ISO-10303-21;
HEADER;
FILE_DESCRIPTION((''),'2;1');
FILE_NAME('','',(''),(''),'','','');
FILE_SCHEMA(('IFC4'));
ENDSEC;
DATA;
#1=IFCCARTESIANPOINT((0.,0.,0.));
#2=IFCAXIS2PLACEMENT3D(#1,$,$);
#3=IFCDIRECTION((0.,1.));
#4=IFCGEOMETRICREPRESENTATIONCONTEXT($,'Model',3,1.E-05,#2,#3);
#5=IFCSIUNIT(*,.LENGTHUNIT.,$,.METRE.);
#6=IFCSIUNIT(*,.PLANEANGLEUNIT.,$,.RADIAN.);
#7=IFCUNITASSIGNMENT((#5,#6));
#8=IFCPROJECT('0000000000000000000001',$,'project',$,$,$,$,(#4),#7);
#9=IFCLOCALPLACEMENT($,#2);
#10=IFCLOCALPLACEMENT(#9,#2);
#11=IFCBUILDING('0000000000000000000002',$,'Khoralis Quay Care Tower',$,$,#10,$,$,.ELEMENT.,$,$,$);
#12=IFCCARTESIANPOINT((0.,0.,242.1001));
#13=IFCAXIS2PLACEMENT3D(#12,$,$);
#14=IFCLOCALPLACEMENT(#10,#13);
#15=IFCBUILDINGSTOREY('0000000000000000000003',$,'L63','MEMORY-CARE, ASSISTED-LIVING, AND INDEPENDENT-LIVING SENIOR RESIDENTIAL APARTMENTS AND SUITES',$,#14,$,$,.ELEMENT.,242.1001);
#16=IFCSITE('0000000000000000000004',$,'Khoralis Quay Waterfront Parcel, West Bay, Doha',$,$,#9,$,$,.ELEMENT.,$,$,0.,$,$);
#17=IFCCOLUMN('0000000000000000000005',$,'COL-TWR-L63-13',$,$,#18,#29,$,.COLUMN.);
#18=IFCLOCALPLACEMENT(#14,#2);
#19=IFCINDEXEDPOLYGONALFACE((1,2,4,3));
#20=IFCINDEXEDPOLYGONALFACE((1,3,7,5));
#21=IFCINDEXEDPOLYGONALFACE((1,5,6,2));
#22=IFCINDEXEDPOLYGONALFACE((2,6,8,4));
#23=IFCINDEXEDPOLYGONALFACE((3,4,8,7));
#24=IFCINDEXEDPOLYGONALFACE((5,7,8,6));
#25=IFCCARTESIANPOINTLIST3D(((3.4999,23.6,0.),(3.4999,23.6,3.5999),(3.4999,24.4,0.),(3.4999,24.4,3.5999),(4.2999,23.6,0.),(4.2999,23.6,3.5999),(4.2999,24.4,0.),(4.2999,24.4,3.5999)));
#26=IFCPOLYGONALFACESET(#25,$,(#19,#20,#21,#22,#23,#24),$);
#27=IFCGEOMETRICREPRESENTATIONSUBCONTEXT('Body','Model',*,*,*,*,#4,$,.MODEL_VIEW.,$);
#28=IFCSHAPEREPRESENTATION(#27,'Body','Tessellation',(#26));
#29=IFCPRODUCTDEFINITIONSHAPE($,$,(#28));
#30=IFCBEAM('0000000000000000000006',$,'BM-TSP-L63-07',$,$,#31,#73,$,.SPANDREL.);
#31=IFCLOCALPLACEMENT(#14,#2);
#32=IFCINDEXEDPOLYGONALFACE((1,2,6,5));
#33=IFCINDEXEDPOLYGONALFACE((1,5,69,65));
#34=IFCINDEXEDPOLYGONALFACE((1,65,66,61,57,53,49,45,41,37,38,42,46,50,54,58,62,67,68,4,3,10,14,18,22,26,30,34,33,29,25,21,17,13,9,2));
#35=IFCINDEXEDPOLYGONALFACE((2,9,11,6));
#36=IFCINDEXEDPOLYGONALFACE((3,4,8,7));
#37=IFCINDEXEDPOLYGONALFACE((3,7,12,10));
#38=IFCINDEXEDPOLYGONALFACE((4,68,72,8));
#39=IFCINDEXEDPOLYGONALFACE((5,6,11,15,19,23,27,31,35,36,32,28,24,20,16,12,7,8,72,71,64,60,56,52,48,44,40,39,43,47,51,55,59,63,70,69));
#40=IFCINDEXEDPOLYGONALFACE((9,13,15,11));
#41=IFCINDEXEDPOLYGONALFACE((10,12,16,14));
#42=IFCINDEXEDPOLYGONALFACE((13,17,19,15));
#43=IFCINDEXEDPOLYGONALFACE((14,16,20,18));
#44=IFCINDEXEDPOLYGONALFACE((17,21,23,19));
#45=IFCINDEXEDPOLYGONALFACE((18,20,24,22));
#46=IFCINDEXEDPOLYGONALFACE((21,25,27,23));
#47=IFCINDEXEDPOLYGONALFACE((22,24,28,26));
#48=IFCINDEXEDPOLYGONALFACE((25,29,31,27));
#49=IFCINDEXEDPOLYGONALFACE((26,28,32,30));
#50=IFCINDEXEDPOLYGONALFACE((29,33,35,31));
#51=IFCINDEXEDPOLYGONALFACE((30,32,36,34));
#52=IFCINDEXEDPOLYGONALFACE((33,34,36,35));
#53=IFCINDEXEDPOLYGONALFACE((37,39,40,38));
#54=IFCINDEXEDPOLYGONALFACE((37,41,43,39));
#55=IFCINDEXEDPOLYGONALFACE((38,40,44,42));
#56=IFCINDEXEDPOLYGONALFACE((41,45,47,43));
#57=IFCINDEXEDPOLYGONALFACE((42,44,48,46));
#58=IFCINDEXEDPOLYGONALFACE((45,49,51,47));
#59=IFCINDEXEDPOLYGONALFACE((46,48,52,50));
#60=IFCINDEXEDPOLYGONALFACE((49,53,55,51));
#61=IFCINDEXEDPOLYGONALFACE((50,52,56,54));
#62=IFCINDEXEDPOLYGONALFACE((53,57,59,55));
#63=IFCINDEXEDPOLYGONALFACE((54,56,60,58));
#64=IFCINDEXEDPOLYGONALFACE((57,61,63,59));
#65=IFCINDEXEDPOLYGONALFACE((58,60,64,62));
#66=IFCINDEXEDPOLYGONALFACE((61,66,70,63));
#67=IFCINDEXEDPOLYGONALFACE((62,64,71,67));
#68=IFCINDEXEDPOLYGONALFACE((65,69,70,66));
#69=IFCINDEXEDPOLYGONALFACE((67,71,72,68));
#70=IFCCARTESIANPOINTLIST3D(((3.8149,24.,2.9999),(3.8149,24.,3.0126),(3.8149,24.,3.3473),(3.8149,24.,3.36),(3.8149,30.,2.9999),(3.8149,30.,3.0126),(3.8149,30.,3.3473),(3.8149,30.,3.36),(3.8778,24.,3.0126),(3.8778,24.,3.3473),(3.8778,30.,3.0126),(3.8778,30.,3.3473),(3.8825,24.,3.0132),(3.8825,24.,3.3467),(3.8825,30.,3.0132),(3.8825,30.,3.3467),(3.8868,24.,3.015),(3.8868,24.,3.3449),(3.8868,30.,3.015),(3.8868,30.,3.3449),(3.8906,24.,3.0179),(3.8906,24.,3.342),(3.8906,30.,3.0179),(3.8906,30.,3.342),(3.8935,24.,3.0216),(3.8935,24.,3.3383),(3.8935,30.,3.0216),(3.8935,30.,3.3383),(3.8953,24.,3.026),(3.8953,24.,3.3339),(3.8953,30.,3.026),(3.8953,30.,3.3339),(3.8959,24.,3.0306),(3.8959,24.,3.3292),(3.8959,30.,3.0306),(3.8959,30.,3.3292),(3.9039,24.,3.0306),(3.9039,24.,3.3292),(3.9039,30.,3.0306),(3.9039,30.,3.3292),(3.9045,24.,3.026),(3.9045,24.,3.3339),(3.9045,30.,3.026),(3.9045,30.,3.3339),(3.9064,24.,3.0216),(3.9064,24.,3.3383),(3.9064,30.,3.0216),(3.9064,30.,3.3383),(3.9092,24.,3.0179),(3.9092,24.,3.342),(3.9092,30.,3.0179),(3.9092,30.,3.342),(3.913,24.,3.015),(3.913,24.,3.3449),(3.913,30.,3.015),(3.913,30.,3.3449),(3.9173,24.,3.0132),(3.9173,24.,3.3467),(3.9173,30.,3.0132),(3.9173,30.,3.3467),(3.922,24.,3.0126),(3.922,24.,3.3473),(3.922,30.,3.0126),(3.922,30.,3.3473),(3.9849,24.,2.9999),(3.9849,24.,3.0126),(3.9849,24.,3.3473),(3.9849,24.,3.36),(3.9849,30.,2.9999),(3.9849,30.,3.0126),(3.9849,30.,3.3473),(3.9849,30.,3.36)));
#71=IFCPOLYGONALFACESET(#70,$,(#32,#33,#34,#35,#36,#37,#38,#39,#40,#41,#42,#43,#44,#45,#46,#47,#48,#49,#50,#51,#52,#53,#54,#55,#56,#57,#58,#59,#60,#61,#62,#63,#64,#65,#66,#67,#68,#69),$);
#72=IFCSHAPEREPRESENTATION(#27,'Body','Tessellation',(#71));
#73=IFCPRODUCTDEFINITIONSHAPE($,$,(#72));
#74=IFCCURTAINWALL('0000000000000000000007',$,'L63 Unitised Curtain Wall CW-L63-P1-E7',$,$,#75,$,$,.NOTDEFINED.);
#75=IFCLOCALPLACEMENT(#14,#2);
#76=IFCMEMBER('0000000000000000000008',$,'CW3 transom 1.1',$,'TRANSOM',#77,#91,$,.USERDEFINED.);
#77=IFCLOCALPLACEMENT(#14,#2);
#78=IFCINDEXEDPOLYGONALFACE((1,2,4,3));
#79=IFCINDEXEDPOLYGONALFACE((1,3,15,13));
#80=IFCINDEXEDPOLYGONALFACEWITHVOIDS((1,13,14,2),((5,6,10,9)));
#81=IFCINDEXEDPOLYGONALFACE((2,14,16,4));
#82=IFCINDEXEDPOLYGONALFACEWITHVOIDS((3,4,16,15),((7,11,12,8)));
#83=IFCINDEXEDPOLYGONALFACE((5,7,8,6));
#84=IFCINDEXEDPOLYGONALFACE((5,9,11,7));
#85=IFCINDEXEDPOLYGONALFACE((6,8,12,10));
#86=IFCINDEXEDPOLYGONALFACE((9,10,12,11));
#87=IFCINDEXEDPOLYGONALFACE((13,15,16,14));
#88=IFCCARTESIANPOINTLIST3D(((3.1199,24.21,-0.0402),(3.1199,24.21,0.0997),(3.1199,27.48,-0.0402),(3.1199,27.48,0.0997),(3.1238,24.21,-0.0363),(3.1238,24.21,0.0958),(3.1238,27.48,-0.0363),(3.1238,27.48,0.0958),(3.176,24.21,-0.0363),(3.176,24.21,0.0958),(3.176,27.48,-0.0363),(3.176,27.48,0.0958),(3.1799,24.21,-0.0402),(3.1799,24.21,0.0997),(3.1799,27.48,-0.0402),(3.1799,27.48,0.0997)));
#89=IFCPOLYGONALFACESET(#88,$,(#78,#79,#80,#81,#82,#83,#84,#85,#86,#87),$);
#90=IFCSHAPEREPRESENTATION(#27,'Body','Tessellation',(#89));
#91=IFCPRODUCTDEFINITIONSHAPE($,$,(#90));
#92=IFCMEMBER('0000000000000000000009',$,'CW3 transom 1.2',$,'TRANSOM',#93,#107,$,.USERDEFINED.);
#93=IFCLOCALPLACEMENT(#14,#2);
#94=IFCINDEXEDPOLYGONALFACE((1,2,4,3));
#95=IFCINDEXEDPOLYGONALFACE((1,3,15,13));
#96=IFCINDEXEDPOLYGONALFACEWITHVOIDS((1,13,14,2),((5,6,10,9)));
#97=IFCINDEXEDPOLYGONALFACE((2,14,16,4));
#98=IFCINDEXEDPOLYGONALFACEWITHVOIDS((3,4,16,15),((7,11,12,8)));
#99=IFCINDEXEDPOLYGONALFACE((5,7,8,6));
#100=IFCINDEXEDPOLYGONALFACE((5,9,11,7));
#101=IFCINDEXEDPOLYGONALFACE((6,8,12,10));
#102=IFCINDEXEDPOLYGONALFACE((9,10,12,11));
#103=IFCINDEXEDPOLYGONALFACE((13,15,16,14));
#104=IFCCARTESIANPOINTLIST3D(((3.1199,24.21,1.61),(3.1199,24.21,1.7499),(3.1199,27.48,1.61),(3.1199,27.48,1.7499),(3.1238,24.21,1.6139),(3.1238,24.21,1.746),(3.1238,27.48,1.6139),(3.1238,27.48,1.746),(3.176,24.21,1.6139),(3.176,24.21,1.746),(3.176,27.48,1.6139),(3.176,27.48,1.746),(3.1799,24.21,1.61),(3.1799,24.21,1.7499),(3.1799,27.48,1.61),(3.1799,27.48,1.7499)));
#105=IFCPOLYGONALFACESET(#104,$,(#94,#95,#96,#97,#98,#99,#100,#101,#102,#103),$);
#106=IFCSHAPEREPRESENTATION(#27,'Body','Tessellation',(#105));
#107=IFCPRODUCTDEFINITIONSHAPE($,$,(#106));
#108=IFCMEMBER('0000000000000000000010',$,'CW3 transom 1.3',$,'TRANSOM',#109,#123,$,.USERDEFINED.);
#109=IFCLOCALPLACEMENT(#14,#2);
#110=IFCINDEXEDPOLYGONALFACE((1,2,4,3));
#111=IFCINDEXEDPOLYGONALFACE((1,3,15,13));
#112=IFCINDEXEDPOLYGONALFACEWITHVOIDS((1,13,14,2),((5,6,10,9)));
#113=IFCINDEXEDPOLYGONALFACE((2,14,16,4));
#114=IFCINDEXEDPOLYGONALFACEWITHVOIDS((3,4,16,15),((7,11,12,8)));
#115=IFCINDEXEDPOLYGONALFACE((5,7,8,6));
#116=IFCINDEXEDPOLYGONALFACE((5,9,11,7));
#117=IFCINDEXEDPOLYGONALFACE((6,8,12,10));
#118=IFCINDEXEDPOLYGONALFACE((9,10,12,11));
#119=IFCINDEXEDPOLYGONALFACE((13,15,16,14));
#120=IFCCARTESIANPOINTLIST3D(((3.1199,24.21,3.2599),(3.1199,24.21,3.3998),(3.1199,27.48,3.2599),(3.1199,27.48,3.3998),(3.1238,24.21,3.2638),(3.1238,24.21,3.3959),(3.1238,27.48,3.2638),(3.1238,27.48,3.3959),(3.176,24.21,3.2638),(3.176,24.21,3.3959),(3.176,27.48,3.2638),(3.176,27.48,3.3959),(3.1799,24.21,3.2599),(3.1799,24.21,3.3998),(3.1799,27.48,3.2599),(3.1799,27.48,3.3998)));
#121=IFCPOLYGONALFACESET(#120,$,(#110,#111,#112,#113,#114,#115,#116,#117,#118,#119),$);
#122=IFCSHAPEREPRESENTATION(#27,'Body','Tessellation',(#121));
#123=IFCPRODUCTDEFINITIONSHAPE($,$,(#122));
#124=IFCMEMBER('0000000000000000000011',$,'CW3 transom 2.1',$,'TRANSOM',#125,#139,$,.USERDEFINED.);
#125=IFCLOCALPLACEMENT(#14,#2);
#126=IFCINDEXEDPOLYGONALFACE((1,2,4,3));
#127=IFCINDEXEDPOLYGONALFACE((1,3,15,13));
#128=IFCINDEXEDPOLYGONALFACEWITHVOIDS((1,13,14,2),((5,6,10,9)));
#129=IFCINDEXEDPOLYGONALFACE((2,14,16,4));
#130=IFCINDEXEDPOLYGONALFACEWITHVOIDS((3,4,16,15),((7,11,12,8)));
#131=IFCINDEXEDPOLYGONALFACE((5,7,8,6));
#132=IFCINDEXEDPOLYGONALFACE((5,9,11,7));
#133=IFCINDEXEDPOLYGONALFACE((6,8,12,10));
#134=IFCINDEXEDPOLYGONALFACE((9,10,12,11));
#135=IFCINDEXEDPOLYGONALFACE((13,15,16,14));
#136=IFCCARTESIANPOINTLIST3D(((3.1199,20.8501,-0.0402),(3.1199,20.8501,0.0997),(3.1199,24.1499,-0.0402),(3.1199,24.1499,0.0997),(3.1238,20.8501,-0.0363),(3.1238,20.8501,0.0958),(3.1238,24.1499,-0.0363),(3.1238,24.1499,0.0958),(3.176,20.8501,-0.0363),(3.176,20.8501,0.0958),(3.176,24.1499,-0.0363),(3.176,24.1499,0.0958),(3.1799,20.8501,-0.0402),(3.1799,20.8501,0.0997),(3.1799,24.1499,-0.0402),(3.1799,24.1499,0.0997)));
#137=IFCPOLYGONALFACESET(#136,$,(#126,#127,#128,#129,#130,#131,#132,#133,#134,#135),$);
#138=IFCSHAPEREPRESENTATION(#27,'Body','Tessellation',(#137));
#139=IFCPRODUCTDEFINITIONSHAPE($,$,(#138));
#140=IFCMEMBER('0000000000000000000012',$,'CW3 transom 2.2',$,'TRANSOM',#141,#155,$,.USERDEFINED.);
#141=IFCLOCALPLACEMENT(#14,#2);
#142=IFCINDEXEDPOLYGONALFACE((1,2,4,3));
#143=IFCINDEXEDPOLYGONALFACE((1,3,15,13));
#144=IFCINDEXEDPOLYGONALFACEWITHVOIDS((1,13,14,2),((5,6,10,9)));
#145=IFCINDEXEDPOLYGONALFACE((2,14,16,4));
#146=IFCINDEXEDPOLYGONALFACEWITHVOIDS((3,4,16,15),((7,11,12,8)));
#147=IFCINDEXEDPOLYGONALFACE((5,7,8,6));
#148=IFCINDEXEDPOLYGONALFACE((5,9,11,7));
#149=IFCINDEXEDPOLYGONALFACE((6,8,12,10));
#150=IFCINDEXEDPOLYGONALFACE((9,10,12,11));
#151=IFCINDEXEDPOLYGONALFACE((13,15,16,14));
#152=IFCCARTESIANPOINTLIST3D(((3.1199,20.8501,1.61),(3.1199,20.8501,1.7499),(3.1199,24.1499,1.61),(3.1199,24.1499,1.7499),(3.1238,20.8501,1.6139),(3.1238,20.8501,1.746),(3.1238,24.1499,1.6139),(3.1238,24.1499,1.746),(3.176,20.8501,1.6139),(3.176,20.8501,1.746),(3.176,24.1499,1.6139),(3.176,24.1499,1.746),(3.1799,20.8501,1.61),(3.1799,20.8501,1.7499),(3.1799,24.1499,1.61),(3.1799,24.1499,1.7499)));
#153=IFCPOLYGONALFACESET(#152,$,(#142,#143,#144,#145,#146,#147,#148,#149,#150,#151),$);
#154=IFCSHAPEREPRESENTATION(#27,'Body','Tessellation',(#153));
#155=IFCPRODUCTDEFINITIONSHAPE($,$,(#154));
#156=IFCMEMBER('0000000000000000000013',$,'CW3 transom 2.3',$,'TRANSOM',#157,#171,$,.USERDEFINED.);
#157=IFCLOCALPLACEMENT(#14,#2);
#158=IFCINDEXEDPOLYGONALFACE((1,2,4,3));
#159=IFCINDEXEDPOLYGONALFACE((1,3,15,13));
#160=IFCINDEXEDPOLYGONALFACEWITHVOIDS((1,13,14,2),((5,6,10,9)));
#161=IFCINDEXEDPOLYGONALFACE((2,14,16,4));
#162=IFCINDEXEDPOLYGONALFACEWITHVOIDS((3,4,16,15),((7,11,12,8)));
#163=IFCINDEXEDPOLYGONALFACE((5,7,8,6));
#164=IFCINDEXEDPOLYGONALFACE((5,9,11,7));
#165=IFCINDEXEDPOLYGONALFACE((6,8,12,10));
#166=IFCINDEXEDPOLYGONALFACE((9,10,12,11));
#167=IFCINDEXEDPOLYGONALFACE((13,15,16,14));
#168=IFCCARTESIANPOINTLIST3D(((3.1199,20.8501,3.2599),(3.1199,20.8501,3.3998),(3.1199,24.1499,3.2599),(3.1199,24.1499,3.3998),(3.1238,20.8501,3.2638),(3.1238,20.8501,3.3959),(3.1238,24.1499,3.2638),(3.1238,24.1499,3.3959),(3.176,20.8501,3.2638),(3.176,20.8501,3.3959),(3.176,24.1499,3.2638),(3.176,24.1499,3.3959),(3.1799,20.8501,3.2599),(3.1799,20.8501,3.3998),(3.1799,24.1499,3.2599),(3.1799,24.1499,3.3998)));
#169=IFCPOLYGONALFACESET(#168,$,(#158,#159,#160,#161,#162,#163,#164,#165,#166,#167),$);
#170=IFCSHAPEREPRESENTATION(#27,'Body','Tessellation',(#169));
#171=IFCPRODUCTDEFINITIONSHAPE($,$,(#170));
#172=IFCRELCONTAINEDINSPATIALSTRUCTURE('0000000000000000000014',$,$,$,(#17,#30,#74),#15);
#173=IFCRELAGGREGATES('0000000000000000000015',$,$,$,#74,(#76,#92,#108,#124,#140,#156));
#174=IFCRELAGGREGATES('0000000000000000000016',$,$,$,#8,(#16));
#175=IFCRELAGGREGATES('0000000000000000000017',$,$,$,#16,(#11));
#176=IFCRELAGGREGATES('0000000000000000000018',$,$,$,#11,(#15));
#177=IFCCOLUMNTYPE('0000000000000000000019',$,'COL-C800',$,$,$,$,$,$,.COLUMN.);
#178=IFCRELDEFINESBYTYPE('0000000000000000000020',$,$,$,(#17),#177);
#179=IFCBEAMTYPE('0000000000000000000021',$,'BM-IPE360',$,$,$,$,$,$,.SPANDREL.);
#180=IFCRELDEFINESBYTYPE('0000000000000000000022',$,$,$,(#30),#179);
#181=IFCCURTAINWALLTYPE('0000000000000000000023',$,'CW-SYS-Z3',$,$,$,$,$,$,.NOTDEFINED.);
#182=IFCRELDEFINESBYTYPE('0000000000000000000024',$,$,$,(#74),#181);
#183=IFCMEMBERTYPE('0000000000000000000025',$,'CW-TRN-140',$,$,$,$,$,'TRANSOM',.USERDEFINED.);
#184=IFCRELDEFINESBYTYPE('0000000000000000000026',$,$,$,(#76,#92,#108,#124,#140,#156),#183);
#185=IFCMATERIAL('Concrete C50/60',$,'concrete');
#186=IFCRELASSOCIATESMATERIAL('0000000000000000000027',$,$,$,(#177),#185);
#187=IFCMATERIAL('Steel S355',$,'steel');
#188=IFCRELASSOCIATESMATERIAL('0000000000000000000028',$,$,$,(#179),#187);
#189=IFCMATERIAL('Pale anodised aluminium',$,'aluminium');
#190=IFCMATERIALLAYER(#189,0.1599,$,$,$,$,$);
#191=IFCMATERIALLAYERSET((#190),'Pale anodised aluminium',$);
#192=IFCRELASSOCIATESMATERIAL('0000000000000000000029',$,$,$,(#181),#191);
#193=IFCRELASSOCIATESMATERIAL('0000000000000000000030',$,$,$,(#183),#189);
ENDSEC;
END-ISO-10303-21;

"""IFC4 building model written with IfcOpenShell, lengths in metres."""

from ifc_helpers import new_model, si_unit, direction, frame, origin, origin_2d, place, context, subcontext, project, spatial, rectangle, hollow_rectangle, i_section, extrude, source, transform, mapped, material, layer, layer_set, material_profile, profile_set, type_object, element, aggregate, save


model = new_model("IFC4")

# Units and contexts
model_context = context("Model", 3, precision=1e-05, world=origin(), true_north=direction((0.0, 1.0)))
body_context = subcontext(model_context, "Body", "Model", "MODEL_VIEW")
ifc_project = project(units=[si_unit("LENGTHUNIT", "METRE"), si_unit("PLANEANGLEUNIT", "RADIAN")], contexts=[model_context])

# Site, building, storey
site_placement = place(None, origin())
site = spatial("IfcSite", under=ifc_project, at=site_placement, Name="Khoralis Quay Waterfront Parcel, West Bay, Doha", CompositionType="ELEMENT", RefElevation=0.0)
building_placement = place(site_placement, origin())
building = spatial("IfcBuilding", under=site, at=building_placement, Name="Khoralis Quay Care Tower", CompositionType="ELEMENT")
storey_placement = place(building_placement, frame((0.0, 0.0, 242.1001)))
storey = spatial("IfcBuildingStorey", under=building, at=storey_placement, Name="L63", Description="MEMORY-CARE, ASSISTED-LIVING, AND INDEPENDENT-LIVING SENIOR RESIDENTIAL APARTMENTS AND SUITES", CompositionType="ELEMENT", Elevation=242.1001)

# Column
ifc_material_1 = material(Name="Concrete C50/60", Category="concrete")
ifc_material_profile_1 = material_profile(ifc_material_1, rectangle(XDim=0.8, YDim=0.8, at=origin_2d()), Name="Concrete C50/60")
ifc_profile_set_1 = profile_set([ifc_material_profile_1], Name="Concrete C50/60")
column_type = type_object("IfcColumnType", Name="COL-C800", PredefinedType="COLUMN", material=ifc_profile_set_1)
shared_shape_1 = source(origin(), body_context, "Body", "SweptSolid", [
    extrude(rectangle(XDim=0.8, YDim=0.8, at=origin_2d()), origin(), (0.0, 0.0, 1.0), 3.5999),
])
column_placement = place(storey_placement, frame((3.8999, 24.0, 0.0), z_axis=(0.0, 0.0, 1.0), x_axis=(1.0, 0.0, 0.0)))
element("IfcColumn", 1, at=column_placement, inside=storey, type_object=column_type, Name="COL-TWR-L63-13", PredefinedType="COLUMN", context=body_context, shape_type="MappedRepresentation", body=[
    mapped(shared_shape_1, transform((0.0, 0.0, 0.0), scale=1.0)),
])

# Beam
ifc_material_2 = material(Name="Steel S355", Category="steel")
ifc_material_profile_2 = material_profile(ifc_material_2, i_section(OverallWidth=0.1699, OverallDepth=0.3601, WebThickness=0.0081, FlangeThickness=0.0127, FilletRadius=0.0181, at=origin_2d()), Name="Steel S355")
ifc_profile_set_2 = profile_set([ifc_material_profile_2], Name="Steel S355")
beam_type = type_object("IfcBeamType", Name="BM-IPE360", PredefinedType="SPANDREL", material=ifc_profile_set_2)
shared_shape_2 = source(origin(), body_context, "Body", "SweptSolid", [
    extrude(i_section(OverallWidth=0.1699, OverallDepth=0.3601, WebThickness=0.0081, FlangeThickness=0.0127, FilletRadius=0.0181, at=origin_2d()), origin(), (0.0, 0.0, 1.0), 6.0),
])
beam_placement = place(storey_placement, frame((3.8999, 24.0, 3.1799), z_axis=(0.0, 1.0, 0.0), x_axis=(-1.0, 0.0, 0.0)))
element("IfcBeam", 2, at=beam_placement, inside=storey, type_object=beam_type, Name="BM-TSP-L63-07", PredefinedType="SPANDREL", context=body_context, shape_type="MappedRepresentation", body=[
    mapped(shared_shape_2, transform((0.0, 0.0, 0.0), scale=1.0)),
])

# Curtain wall, members
ifc_material_3 = material(Name="Pale anodised aluminium", Category="aluminium")
ifc_layer_1 = layer(ifc_material_3, 0.1599)
ifc_layer_set_1 = layer_set([ifc_layer_1], Name="Pale anodised aluminium")
curtain_wall_type = type_object("IfcCurtainWallType", Name="CW-SYS-Z3", PredefinedType="NOTDEFINED", material=ifc_layer_set_1)
curtain_wall_placement = place(storey_placement, origin())
curtain_wall = element("IfcCurtainWall", 3, at=curtain_wall_placement, inside=storey, type_object=curtain_wall_type, Name="L63 Unitised Curtain Wall CW-L63-P1-E7", PredefinedType="NOTDEFINED")
ifc_material_profile_3 = material_profile(ifc_material_3, hollow_rectangle(XDim=0.0601, YDim=0.1399, WallThickness=0.0039, at=origin_2d()), Name="Pale anodised aluminium")
ifc_profile_set_3 = profile_set([ifc_material_profile_3], Name="Pale anodised aluminium")
member_type_1 = type_object("IfcMemberType", Name="CW-TRN-140", ElementType="TRANSOM", PredefinedType="USERDEFINED", material=ifc_profile_set_3)
shared_shape_3 = source(origin(), body_context, "Body", "SweptSolid", [
    extrude(hollow_rectangle(XDim=0.0601, YDim=0.1399, WallThickness=0.0039, at=origin_2d()), origin(), (0.0, 0.0, 1.0), 3.27),
])
member_1_placement = place(storey_placement, frame((3.1499, 27.48, 0.0298), z_axis=(0.0, -1.0, 0.0), x_axis=(1.0, 0.0, 0.0)))
member_1 = element("IfcMember", 4, at=member_1_placement, type_object=member_type_1, Name="CW3 transom 1.1", ObjectType="TRANSOM", PredefinedType="USERDEFINED", context=body_context, shape_type="MappedRepresentation", body=[
    mapped(shared_shape_3, transform((0.0, 0.0, 0.0), scale=1.0)),
])
member_2_placement = place(storey_placement, frame((3.1499, 27.48, 1.6799), z_axis=(0.0, -1.0, 0.0), x_axis=(1.0, 0.0, 0.0)))
member_2 = element("IfcMember", 5, at=member_2_placement, type_object=member_type_1, Name="CW3 transom 1.2", ObjectType="TRANSOM", PredefinedType="USERDEFINED", context=body_context, shape_type="MappedRepresentation", body=[
    mapped(shared_shape_3, transform((0.0, 0.0, 0.0), scale=1.0)),
])
member_3_placement = place(storey_placement, frame((3.1499, 27.48, 3.3298), z_axis=(0.0, -1.0, 0.0), x_axis=(1.0, 0.0, 0.0)))
member_3 = element("IfcMember", 6, at=member_3_placement, type_object=member_type_1, Name="CW3 transom 1.3", ObjectType="TRANSOM", PredefinedType="USERDEFINED", context=body_context, shape_type="MappedRepresentation", body=[
    mapped(shared_shape_3, transform((0.0, 0.0, 0.0), scale=1.0)),
])
shared_shape_4 = source(origin(), body_context, "Body", "SweptSolid", [
    extrude(hollow_rectangle(XDim=0.0601, YDim=0.1399, WallThickness=0.0039, at=origin_2d()), origin(), (0.0, 0.0, 1.0), 3.2998),
])
member_4_placement = place(storey_placement, frame((3.1499, 24.1499, 0.0298), z_axis=(0.0, -1.0, 0.0), x_axis=(1.0, 0.0, 0.0)))
member_4 = element("IfcMember", 7, at=member_4_placement, type_object=member_type_1, Name="CW3 transom 2.1", ObjectType="TRANSOM", PredefinedType="USERDEFINED", context=body_context, shape_type="MappedRepresentation", body=[
    mapped(shared_shape_4, transform((0.0, 0.0, 0.0), scale=1.0)),
])
member_5_placement = place(storey_placement, frame((3.1499, 24.1499, 1.6799), z_axis=(0.0, -1.0, 0.0), x_axis=(1.0, 0.0, 0.0)))
member_5 = element("IfcMember", 8, at=member_5_placement, type_object=member_type_1, Name="CW3 transom 2.2", ObjectType="TRANSOM", PredefinedType="USERDEFINED", context=body_context, shape_type="MappedRepresentation", body=[
    mapped(shared_shape_4, transform((0.0, 0.0, 0.0), scale=1.0)),
])
member_6_placement = place(storey_placement, frame((3.1499, 24.1499, 3.3298), z_axis=(0.0, -1.0, 0.0), x_axis=(1.0, 0.0, 0.0)))
member_6 = element("IfcMember", 9, at=member_6_placement, type_object=member_type_1, Name="CW3 transom 2.3", ObjectType="TRANSOM", PredefinedType="USERDEFINED", context=body_context, shape_type="MappedRepresentation", body=[
    mapped(shared_shape_4, transform((0.0, 0.0, 0.0), scale=1.0)),
])
aggregate(curtain_wall, [member_1, member_2, member_3, member_4, member_5, member_6])

save(model, "model.ifc")
